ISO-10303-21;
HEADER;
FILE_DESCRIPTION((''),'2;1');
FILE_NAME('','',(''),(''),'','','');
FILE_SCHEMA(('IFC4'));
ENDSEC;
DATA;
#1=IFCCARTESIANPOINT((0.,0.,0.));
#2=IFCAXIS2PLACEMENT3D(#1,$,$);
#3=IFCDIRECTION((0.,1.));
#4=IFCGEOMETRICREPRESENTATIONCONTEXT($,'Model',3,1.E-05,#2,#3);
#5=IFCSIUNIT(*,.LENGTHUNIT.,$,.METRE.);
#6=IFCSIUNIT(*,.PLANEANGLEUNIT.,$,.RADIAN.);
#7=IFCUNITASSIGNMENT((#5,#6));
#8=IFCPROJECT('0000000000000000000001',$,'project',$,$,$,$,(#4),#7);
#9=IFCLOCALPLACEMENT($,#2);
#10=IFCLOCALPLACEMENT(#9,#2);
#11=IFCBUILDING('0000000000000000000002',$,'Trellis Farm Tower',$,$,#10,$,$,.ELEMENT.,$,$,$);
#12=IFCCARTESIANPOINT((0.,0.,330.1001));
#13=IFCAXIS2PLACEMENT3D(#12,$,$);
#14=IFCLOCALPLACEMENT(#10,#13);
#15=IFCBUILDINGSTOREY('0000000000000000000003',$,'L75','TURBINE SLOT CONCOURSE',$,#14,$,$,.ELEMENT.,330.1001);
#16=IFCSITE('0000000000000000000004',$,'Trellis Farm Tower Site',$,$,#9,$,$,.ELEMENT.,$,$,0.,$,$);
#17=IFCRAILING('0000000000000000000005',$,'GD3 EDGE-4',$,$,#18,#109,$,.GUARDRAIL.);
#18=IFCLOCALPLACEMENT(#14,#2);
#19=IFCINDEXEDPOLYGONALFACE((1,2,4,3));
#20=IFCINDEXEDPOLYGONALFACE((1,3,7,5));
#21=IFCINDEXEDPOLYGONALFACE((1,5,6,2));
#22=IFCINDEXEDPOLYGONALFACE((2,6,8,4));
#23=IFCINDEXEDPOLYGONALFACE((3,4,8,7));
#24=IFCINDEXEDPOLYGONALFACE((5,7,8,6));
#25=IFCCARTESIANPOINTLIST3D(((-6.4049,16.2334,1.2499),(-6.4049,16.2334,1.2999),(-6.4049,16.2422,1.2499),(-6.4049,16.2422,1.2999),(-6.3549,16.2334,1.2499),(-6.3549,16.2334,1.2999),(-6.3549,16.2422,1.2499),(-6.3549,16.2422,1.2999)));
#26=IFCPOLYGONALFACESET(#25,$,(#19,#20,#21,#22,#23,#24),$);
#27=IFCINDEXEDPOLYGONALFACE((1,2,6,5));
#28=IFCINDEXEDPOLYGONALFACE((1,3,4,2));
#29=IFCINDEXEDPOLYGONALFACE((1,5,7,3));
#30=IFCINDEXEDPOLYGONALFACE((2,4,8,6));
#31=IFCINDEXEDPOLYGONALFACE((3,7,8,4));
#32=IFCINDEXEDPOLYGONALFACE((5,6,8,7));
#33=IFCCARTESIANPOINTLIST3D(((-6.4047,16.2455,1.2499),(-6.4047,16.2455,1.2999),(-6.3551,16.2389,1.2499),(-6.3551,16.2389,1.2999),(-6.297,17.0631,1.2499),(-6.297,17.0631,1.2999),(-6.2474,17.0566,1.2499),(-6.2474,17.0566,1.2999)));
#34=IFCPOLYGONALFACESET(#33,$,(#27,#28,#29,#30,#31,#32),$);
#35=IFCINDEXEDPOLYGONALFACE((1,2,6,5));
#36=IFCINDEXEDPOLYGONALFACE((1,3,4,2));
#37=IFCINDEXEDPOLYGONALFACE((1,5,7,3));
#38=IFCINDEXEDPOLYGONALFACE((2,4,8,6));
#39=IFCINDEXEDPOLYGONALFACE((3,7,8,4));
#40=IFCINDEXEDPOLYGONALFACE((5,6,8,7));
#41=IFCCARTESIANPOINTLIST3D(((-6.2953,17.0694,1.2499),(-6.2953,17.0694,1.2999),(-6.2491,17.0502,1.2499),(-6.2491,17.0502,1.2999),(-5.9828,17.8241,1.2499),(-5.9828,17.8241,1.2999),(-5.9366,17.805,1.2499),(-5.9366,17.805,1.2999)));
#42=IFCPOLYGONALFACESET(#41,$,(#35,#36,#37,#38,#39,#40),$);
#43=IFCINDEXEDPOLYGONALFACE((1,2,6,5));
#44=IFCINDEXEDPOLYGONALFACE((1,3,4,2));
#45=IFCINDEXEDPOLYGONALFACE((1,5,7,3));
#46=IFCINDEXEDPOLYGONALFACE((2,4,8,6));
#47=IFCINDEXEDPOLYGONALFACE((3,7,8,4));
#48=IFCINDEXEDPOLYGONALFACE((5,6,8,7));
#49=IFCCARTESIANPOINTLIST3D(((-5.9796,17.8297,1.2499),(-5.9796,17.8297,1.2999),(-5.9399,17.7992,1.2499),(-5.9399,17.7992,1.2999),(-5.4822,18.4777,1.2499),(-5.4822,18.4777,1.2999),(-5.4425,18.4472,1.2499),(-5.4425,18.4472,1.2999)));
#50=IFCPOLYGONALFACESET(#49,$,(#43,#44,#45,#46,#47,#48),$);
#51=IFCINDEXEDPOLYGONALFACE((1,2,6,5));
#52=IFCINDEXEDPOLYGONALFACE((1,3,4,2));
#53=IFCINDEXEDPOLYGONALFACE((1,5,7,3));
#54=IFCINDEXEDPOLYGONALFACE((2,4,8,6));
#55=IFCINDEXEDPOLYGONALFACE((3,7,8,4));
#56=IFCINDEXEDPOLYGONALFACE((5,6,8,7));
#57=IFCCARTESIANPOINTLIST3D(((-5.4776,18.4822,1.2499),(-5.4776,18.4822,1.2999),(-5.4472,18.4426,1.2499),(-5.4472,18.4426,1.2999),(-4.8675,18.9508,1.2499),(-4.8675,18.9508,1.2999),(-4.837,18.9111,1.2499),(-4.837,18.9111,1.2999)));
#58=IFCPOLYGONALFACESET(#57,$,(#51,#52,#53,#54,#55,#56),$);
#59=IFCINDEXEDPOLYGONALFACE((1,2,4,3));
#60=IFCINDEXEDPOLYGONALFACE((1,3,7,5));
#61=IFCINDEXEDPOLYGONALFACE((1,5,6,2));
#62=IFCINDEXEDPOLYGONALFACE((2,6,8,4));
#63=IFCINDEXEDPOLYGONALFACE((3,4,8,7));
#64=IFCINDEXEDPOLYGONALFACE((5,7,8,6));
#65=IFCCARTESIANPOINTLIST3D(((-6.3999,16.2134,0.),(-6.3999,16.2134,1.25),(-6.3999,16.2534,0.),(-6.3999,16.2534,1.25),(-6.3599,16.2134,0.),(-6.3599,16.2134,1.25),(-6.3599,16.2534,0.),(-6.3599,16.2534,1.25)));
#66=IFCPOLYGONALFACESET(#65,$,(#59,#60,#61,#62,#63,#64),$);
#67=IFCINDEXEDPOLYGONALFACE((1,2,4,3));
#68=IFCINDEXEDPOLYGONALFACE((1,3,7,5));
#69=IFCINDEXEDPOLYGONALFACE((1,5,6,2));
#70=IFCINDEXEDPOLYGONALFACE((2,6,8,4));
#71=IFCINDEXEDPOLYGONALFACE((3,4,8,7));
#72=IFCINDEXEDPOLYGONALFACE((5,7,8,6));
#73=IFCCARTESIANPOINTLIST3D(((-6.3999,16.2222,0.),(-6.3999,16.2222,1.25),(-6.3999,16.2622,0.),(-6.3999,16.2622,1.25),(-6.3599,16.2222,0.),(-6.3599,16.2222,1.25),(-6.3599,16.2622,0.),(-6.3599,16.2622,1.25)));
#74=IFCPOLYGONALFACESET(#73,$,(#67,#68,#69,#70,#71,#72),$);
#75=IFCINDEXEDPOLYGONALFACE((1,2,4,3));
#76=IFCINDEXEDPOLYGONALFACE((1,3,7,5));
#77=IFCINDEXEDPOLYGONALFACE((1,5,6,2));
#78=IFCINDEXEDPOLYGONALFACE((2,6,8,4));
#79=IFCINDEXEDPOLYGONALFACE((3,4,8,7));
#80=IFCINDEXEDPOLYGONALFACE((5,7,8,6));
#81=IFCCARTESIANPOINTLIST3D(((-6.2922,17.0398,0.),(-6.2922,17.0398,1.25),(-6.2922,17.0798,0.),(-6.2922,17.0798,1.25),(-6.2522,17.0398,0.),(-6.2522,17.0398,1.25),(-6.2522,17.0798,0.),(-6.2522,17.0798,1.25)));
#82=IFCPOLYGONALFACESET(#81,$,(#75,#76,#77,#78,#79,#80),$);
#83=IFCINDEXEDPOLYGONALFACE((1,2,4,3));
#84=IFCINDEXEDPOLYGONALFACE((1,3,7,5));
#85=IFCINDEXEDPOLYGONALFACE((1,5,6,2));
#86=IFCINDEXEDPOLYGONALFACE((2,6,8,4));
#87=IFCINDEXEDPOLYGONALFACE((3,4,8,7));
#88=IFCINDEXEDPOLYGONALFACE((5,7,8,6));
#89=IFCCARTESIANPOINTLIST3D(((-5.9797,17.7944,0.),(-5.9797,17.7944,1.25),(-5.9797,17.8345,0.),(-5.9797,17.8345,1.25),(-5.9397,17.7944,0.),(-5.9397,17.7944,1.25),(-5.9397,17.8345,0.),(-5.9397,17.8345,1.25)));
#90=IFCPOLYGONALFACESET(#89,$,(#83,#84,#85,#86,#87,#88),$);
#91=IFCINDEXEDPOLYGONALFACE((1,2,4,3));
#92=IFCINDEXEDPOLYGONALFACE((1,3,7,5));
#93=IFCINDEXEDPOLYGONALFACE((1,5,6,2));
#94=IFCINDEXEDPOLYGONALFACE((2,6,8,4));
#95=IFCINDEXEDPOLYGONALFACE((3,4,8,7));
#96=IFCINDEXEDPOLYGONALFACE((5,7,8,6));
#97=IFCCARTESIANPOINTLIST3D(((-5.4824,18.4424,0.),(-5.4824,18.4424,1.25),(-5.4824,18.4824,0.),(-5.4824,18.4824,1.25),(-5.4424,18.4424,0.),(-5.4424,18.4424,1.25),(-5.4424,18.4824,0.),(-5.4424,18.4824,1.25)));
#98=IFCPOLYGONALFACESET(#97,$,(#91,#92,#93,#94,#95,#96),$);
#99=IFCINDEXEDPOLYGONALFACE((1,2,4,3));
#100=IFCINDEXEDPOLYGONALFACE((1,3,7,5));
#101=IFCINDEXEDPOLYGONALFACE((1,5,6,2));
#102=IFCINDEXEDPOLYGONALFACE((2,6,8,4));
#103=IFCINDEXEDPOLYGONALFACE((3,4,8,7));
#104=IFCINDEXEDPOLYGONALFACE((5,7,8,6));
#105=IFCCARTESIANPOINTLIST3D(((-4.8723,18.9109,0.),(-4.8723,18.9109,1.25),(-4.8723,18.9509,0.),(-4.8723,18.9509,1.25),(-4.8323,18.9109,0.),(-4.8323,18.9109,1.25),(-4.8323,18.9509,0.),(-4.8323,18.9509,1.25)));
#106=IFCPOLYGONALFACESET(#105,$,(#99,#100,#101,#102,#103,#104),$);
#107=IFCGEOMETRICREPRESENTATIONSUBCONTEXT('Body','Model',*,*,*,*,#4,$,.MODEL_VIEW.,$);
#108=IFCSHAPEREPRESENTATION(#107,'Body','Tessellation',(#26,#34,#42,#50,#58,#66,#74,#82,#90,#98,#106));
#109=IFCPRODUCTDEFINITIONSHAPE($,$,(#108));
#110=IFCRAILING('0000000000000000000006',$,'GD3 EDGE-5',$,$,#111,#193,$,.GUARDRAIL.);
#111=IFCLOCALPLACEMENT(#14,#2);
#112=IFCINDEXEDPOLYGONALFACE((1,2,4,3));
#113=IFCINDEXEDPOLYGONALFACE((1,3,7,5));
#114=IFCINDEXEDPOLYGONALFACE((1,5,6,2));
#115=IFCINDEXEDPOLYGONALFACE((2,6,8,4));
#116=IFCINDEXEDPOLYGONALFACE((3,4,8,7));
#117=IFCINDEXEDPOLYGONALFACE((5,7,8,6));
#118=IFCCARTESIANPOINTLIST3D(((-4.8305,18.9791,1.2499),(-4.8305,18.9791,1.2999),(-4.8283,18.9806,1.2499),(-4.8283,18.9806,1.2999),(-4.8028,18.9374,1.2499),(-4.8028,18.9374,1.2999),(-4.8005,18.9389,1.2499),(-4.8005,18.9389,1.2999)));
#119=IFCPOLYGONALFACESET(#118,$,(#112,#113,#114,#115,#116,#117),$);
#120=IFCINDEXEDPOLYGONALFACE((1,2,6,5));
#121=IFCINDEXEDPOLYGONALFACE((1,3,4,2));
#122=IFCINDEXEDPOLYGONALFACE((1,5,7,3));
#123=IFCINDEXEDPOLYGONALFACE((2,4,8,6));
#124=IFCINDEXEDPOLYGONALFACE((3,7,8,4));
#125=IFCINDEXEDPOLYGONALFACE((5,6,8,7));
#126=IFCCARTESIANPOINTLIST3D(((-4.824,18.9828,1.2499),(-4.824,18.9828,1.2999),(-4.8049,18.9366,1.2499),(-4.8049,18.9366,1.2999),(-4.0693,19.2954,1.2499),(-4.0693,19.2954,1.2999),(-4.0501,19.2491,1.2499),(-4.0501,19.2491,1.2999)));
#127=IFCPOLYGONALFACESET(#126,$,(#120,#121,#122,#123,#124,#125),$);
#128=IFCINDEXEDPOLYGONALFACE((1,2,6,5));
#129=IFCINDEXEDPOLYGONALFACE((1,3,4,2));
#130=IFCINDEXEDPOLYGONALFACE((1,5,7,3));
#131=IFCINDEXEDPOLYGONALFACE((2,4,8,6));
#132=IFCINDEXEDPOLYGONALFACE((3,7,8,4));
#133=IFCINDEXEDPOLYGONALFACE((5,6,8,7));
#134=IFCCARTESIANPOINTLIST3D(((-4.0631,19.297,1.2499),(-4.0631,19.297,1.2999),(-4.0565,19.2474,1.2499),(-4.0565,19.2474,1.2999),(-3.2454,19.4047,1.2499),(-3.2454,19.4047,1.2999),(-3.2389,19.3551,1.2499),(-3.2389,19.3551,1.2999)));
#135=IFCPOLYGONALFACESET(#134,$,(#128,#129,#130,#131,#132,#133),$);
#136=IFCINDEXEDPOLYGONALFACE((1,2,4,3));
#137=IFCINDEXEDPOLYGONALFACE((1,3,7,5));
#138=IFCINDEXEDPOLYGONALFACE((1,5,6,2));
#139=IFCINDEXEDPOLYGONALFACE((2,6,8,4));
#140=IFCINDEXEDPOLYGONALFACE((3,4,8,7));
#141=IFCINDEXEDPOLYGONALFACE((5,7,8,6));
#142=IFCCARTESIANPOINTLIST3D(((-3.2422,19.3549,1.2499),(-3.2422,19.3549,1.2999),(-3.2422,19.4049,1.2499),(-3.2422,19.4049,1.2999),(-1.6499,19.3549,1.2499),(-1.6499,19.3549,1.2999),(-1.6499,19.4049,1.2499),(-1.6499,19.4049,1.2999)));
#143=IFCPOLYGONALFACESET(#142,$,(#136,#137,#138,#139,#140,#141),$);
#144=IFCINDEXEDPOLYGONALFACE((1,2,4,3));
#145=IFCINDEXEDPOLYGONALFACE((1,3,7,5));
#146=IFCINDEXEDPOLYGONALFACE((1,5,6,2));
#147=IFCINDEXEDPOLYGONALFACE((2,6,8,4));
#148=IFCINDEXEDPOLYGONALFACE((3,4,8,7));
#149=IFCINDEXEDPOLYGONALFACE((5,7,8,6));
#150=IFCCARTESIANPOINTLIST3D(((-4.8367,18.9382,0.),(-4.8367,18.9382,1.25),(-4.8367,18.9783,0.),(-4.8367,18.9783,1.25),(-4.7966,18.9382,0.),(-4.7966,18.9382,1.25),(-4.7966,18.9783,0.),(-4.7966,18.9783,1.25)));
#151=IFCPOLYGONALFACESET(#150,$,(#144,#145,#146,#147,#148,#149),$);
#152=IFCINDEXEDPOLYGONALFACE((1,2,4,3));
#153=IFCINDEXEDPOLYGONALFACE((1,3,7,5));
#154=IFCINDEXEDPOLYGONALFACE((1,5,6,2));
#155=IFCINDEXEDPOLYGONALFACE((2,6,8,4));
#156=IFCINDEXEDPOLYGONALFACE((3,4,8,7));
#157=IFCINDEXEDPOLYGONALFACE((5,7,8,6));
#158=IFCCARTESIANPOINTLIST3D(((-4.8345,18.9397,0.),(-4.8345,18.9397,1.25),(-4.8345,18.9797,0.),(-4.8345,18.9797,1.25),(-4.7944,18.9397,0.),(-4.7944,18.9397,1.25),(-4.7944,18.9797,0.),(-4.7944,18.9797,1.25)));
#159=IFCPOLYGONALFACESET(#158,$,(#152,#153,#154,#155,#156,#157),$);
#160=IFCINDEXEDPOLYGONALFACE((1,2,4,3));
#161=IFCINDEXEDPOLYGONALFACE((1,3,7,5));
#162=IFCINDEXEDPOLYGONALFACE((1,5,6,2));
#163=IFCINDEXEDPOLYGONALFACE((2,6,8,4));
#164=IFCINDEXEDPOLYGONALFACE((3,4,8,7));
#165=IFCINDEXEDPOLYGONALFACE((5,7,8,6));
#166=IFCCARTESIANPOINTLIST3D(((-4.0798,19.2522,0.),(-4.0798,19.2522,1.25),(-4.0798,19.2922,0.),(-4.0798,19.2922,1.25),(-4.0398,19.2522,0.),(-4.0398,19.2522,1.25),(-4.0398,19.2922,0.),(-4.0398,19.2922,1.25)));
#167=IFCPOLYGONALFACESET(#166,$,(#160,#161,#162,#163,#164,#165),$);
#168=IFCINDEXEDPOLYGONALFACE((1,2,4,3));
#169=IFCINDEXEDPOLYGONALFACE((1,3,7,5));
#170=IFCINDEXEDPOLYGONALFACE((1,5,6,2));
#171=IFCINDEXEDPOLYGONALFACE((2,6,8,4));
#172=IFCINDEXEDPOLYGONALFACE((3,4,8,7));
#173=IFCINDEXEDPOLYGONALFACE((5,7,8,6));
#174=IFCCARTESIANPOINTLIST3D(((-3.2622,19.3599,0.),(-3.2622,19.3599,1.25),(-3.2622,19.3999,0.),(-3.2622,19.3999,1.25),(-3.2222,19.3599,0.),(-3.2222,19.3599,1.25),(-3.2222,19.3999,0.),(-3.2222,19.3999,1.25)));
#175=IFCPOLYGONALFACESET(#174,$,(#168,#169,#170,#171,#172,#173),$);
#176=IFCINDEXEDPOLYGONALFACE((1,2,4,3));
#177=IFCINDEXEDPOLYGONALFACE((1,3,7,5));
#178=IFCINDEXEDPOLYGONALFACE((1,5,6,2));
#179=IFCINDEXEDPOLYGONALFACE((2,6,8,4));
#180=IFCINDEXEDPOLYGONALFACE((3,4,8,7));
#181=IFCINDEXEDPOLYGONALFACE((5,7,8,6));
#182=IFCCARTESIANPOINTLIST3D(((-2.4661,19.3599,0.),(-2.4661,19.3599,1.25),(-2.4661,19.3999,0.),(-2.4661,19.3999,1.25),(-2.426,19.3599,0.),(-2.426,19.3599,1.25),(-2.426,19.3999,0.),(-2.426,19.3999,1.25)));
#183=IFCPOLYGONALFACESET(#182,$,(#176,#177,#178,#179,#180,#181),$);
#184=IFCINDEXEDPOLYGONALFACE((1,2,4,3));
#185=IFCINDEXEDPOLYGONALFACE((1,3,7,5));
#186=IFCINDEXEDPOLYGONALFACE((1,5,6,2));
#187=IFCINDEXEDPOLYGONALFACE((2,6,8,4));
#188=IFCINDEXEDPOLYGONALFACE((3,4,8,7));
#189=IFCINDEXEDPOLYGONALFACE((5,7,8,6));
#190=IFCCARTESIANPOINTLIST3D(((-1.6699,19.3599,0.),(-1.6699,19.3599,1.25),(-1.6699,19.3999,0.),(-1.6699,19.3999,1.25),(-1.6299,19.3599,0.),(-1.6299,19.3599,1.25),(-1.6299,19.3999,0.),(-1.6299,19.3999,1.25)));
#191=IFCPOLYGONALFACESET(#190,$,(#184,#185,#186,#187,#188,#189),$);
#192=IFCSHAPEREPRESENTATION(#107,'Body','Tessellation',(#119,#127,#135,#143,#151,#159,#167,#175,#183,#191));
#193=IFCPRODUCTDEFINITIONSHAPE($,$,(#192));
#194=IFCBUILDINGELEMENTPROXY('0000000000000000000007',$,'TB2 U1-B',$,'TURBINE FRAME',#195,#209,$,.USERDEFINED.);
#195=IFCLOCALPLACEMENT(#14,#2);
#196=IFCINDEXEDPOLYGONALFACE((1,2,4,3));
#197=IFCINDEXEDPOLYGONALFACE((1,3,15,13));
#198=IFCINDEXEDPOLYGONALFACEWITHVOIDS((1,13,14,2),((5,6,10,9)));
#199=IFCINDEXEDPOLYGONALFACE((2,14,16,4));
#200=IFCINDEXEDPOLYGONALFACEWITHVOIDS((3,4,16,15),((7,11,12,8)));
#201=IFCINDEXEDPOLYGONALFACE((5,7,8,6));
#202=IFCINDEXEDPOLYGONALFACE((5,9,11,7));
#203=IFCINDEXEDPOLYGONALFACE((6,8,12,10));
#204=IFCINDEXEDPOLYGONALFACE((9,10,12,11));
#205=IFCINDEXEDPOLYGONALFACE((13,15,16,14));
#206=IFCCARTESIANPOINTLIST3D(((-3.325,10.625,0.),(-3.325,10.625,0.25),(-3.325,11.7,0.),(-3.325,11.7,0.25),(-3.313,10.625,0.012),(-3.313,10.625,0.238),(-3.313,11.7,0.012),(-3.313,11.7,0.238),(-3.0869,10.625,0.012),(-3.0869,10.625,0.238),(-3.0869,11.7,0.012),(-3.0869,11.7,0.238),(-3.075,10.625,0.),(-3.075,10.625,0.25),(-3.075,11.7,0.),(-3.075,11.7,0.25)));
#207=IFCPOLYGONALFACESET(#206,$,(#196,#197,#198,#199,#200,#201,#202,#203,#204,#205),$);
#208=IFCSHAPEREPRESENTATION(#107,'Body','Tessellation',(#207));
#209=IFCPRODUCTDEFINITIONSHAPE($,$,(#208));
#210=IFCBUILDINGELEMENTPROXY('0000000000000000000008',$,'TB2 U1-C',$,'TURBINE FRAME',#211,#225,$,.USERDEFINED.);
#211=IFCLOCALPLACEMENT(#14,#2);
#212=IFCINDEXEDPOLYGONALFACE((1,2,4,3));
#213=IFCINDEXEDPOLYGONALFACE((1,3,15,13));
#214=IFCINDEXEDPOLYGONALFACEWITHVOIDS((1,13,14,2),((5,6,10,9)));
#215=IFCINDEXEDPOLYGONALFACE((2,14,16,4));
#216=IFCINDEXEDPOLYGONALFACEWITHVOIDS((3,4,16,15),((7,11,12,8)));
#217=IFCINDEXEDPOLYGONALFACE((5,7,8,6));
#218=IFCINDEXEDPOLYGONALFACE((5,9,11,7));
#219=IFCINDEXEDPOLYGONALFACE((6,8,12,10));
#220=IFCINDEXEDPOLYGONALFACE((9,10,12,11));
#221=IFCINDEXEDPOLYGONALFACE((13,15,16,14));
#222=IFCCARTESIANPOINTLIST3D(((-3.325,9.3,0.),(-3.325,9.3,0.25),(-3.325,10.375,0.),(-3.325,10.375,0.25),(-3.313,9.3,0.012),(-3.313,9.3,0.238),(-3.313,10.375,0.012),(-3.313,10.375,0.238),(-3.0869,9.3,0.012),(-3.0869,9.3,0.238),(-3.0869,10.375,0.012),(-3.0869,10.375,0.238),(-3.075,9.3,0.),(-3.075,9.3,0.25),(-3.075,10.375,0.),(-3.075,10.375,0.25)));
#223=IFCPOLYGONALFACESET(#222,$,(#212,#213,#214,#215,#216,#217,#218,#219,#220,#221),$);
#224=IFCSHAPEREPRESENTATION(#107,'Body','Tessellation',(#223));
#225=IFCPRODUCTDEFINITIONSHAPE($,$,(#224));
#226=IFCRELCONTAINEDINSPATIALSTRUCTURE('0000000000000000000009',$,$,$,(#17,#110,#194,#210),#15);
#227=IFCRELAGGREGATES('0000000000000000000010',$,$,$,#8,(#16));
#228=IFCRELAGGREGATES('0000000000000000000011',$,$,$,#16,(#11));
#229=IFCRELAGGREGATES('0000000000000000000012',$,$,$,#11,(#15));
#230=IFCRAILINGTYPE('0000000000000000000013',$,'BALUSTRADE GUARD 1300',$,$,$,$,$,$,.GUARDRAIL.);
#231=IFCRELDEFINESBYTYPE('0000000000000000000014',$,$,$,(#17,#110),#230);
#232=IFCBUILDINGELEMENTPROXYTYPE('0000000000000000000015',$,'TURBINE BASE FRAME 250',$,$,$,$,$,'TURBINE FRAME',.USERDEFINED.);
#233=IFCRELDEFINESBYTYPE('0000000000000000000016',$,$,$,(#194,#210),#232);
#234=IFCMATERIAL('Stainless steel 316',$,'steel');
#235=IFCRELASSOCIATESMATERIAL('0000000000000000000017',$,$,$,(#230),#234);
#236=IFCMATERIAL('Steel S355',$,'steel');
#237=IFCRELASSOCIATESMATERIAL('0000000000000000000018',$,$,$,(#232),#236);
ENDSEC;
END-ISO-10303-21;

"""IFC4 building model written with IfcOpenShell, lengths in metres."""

from ifc_helpers import new_model, si_unit, direction, frame, origin, origin_2d, place, context, subcontext, project, spatial, rectangle, hollow_rectangle, extrude, source, transform, mapped, material, material_profile, profile_set, type_object, element, save


model = new_model("IFC4")

# Units and contexts
model_context = context("Model", 3, precision=1e-05, world=origin(), true_north=direction((0.0, 1.0)))
body_context = subcontext(model_context, "Body", "Model", "MODEL_VIEW")
ifc_project = project(units=[si_unit("LENGTHUNIT", "METRE"), si_unit("PLANEANGLEUNIT", "RADIAN")], contexts=[model_context])

# Site, building, storey
site_placement = place(None, origin())
site = spatial("IfcSite", under=ifc_project, at=site_placement, Name="Trellis Farm Tower Site", CompositionType="ELEMENT", RefElevation=0.0)
building_placement = place(site_placement, origin())
building = spatial("IfcBuilding", under=site, at=building_placement, Name="Trellis Farm Tower", CompositionType="ELEMENT")
storey_placement = place(building_placement, frame((0.0, 0.0, 330.1001)))
storey = spatial("IfcBuildingStorey", under=building, at=storey_placement, Name="L75", Description="TURBINE SLOT CONCOURSE", CompositionType="ELEMENT", Elevation=330.1001)

# Shared definitions
ifc_material_1 = material(Name="Steel S355", Category="steel")

# Railings
ifc_material_2 = material(Name="Stainless steel 316", Category="steel")
railing_type = type_object("IfcRailingType", Name="BALUSTRADE GUARD 1300", PredefinedType="GUARDRAIL", material=ifc_material_2)
railing_1_placement = place(storey_placement, frame((-6.3799, 16.2334, 0.0)))
element("IfcRailing", 1, at=railing_1_placement, inside=storey, type_object=railing_type, Name="GD3 EDGE-4", PredefinedType="GUARDRAIL", context=body_context, shape_type="SweptSolid", body=[
    extrude(rectangle(XDim=0.05, YDim=0.05, at=origin_2d()), frame((0.0, 0.0, 1.2749), z_axis=(0.0, 1.0, 0.0), x_axis=(-1.0, 0.0, 0.0)), (0.0, 0.0, 1.0), 0.0088),
    extrude(rectangle(XDim=0.05, YDim=0.05, at=origin_2d()), frame((0.0, 0.0088, 1.2749), z_axis=(0.130554, 0.991441, 0.0), x_axis=(-0.991441, 0.130554, 0.0)), (0.0, 0.0, 1.0), 0.8247),
    extrude(rectangle(XDim=0.05, YDim=0.05, at=origin_2d()), frame((0.1077, 0.8264, 1.2749), z_axis=(0.382598, 0.923915, 0.0), x_axis=(-0.923915, 0.382598, 0.0)), (0.0, 0.0, 1.0), 0.8169),
    extrude(rectangle(XDim=0.05, YDim=0.05, at=origin_2d()), frame((0.4202, 1.5811, 1.2749), z_axis=(0.608858, 0.793279, 0.0), x_axis=(-0.793279, 0.608858, 0.0)), (0.0, 0.0, 1.0), 0.8169),
    extrude(rectangle(XDim=0.05, YDim=0.05, at=origin_2d()), frame((0.9175, 2.229, 1.2749), z_axis=(0.793131, 0.609051, 0.0), x_axis=(-0.609051, 0.793131, 0.0)), (0.0, 0.0, 1.0), 0.7693),
    extrude(rectangle(XDim=0.04, YDim=0.04, at=origin_2d()), origin(), (0.0, 0.0, 1.0), 1.25),
    extrude(rectangle(XDim=0.04, YDim=0.04, at=origin_2d()), frame((0.0, 0.0088, 0.0)), (0.0, 0.0, 1.0), 1.25),
    extrude(rectangle(XDim=0.04, YDim=0.04, at=origin_2d()), frame((0.1077, 0.8264, 0.0)), (0.0, 0.0, 1.0), 1.25),
    extrude(rectangle(XDim=0.04, YDim=0.04, at=origin_2d()), frame((0.4202, 1.5811, 0.0)), (0.0, 0.0, 1.0), 1.25),
    extrude(rectangle(XDim=0.04, YDim=0.04, at=origin_2d()), frame((0.9175, 2.229, 0.0)), (0.0, 0.0, 1.0), 1.25),
    extrude(rectangle(XDim=0.04, YDim=0.04, at=origin_2d()), frame((1.5276, 2.6975, 0.0)), (0.0, 0.0, 1.0), 1.25),
])
railing_2_placement = place(storey_placement, frame((-4.8167, 18.9583, 0.0)))
element("IfcRailing", 2, at=railing_2_placement, inside=storey, type_object=railing_type, Name="GD3 EDGE-5", PredefinedType="GUARDRAIL", context=body_context, shape_type="SweptSolid", body=[
    extrude(rectangle(XDim=0.05, YDim=0.05, at=origin_2d()), frame((0.0, 0.0, 1.2749), z_axis=(0.83205, 0.5547, 0.0), x_axis=(-0.5547, 0.83205, 0.0)), (0.0, 0.0, 1.0), 0.0027),
    extrude(rectangle(XDim=0.05, YDim=0.05, at=origin_2d()), frame((0.0022, 0.0015, 1.2749), z_axis=(0.923915, 0.382598, 0.0), x_axis=(-0.382598, 0.923915, 0.0)), (0.0, 0.0, 1.0), 0.8169),
    extrude(rectangle(XDim=0.05, YDim=0.05, at=origin_2d()), frame((0.7568, 0.314, 1.2749), z_axis=(0.991441, 0.130554, 0.0), x_axis=(-0.130554, 0.991441, 0.0)), (0.0, 0.0, 1.0), 0.8247),
    extrude(rectangle(XDim=0.05, YDim=0.05, at=origin_2d()), frame((1.5745, 0.4216, 1.2749), z_axis=(1.0, 0.0, 0.0), x_axis=(0.0, 1.0, 0.0)), (0.0, 0.0, 1.0), 1.5923),
    extrude(rectangle(XDim=0.04, YDim=0.04, at=origin_2d()), origin(), (0.0, 0.0, 1.0), 1.25),
    extrude(rectangle(XDim=0.04, YDim=0.04, at=origin_2d()), frame((0.0022, 0.0015, 0.0)), (0.0, 0.0, 1.0), 1.25),
    extrude(rectangle(XDim=0.04, YDim=0.04, at=origin_2d()), frame((0.7568, 0.314, 0.0)), (0.0, 0.0, 1.0), 1.25),
    extrude(rectangle(XDim=0.04, YDim=0.04, at=origin_2d()), frame((1.5745, 0.4216, 0.0)), (0.0, 0.0, 1.0), 1.25),
    extrude(rectangle(XDim=0.04, YDim=0.04, at=origin_2d()), frame((2.3706, 0.4216, 0.0)), (0.0, 0.0, 1.0), 1.25),
    extrude(rectangle(XDim=0.04, YDim=0.04, at=origin_2d()), frame((3.1667, 0.4216, 0.0)), (0.0, 0.0, 1.0), 1.25),
])

# Building element proxies
ifc_material_profile_1 = material_profile(ifc_material_1, hollow_rectangle(XDim=0.25, YDim=0.25, WallThickness=0.012, at=origin_2d()), Name="RHS 250x250x12")
ifc_profile_set_1 = profile_set([ifc_material_profile_1], Name="Steel S355")
building_element_proxy_type_1 = type_object("IfcBuildingElementProxyType", Name="TURBINE BASE FRAME 250", ElementType="TURBINE FRAME", PredefinedType="USERDEFINED", material=ifc_profile_set_1)
shared_shape_1 = source(origin(), body_context, "Body", "SweptSolid", [
    extrude(hollow_rectangle(XDim=0.25, YDim=0.25, WallThickness=0.012, at=origin_2d()), origin(), (0.0, 0.0, 1.0), 1.075),
])
for number, where, z_axis, x_axis, name in (
    (3, (-3.2, 10.625, 0.125), (0.0, 1.0, 0.0), (-1.0, 0.0, 0.0), "TB2 U1-B"),
    (4, (-3.2, 10.375, 0.125), (0.0, -1.0, 0.0), (1.0, 0.0, 0.0), "TB2 U1-C"),
):
    element("IfcBuildingElementProxy", number, at=place(storey_placement, frame(where, z_axis=z_axis, x_axis=x_axis)), inside=storey, type_object=building_element_proxy_type_1, Name=name, ObjectType="TURBINE FRAME", PredefinedType="USERDEFINED", context=body_context, shape_type="MappedRepresentation", body=[
        mapped(shared_shape_1, transform((0.0, 0.0, 0.0))),
    ])

save(model, "model.ifc")
